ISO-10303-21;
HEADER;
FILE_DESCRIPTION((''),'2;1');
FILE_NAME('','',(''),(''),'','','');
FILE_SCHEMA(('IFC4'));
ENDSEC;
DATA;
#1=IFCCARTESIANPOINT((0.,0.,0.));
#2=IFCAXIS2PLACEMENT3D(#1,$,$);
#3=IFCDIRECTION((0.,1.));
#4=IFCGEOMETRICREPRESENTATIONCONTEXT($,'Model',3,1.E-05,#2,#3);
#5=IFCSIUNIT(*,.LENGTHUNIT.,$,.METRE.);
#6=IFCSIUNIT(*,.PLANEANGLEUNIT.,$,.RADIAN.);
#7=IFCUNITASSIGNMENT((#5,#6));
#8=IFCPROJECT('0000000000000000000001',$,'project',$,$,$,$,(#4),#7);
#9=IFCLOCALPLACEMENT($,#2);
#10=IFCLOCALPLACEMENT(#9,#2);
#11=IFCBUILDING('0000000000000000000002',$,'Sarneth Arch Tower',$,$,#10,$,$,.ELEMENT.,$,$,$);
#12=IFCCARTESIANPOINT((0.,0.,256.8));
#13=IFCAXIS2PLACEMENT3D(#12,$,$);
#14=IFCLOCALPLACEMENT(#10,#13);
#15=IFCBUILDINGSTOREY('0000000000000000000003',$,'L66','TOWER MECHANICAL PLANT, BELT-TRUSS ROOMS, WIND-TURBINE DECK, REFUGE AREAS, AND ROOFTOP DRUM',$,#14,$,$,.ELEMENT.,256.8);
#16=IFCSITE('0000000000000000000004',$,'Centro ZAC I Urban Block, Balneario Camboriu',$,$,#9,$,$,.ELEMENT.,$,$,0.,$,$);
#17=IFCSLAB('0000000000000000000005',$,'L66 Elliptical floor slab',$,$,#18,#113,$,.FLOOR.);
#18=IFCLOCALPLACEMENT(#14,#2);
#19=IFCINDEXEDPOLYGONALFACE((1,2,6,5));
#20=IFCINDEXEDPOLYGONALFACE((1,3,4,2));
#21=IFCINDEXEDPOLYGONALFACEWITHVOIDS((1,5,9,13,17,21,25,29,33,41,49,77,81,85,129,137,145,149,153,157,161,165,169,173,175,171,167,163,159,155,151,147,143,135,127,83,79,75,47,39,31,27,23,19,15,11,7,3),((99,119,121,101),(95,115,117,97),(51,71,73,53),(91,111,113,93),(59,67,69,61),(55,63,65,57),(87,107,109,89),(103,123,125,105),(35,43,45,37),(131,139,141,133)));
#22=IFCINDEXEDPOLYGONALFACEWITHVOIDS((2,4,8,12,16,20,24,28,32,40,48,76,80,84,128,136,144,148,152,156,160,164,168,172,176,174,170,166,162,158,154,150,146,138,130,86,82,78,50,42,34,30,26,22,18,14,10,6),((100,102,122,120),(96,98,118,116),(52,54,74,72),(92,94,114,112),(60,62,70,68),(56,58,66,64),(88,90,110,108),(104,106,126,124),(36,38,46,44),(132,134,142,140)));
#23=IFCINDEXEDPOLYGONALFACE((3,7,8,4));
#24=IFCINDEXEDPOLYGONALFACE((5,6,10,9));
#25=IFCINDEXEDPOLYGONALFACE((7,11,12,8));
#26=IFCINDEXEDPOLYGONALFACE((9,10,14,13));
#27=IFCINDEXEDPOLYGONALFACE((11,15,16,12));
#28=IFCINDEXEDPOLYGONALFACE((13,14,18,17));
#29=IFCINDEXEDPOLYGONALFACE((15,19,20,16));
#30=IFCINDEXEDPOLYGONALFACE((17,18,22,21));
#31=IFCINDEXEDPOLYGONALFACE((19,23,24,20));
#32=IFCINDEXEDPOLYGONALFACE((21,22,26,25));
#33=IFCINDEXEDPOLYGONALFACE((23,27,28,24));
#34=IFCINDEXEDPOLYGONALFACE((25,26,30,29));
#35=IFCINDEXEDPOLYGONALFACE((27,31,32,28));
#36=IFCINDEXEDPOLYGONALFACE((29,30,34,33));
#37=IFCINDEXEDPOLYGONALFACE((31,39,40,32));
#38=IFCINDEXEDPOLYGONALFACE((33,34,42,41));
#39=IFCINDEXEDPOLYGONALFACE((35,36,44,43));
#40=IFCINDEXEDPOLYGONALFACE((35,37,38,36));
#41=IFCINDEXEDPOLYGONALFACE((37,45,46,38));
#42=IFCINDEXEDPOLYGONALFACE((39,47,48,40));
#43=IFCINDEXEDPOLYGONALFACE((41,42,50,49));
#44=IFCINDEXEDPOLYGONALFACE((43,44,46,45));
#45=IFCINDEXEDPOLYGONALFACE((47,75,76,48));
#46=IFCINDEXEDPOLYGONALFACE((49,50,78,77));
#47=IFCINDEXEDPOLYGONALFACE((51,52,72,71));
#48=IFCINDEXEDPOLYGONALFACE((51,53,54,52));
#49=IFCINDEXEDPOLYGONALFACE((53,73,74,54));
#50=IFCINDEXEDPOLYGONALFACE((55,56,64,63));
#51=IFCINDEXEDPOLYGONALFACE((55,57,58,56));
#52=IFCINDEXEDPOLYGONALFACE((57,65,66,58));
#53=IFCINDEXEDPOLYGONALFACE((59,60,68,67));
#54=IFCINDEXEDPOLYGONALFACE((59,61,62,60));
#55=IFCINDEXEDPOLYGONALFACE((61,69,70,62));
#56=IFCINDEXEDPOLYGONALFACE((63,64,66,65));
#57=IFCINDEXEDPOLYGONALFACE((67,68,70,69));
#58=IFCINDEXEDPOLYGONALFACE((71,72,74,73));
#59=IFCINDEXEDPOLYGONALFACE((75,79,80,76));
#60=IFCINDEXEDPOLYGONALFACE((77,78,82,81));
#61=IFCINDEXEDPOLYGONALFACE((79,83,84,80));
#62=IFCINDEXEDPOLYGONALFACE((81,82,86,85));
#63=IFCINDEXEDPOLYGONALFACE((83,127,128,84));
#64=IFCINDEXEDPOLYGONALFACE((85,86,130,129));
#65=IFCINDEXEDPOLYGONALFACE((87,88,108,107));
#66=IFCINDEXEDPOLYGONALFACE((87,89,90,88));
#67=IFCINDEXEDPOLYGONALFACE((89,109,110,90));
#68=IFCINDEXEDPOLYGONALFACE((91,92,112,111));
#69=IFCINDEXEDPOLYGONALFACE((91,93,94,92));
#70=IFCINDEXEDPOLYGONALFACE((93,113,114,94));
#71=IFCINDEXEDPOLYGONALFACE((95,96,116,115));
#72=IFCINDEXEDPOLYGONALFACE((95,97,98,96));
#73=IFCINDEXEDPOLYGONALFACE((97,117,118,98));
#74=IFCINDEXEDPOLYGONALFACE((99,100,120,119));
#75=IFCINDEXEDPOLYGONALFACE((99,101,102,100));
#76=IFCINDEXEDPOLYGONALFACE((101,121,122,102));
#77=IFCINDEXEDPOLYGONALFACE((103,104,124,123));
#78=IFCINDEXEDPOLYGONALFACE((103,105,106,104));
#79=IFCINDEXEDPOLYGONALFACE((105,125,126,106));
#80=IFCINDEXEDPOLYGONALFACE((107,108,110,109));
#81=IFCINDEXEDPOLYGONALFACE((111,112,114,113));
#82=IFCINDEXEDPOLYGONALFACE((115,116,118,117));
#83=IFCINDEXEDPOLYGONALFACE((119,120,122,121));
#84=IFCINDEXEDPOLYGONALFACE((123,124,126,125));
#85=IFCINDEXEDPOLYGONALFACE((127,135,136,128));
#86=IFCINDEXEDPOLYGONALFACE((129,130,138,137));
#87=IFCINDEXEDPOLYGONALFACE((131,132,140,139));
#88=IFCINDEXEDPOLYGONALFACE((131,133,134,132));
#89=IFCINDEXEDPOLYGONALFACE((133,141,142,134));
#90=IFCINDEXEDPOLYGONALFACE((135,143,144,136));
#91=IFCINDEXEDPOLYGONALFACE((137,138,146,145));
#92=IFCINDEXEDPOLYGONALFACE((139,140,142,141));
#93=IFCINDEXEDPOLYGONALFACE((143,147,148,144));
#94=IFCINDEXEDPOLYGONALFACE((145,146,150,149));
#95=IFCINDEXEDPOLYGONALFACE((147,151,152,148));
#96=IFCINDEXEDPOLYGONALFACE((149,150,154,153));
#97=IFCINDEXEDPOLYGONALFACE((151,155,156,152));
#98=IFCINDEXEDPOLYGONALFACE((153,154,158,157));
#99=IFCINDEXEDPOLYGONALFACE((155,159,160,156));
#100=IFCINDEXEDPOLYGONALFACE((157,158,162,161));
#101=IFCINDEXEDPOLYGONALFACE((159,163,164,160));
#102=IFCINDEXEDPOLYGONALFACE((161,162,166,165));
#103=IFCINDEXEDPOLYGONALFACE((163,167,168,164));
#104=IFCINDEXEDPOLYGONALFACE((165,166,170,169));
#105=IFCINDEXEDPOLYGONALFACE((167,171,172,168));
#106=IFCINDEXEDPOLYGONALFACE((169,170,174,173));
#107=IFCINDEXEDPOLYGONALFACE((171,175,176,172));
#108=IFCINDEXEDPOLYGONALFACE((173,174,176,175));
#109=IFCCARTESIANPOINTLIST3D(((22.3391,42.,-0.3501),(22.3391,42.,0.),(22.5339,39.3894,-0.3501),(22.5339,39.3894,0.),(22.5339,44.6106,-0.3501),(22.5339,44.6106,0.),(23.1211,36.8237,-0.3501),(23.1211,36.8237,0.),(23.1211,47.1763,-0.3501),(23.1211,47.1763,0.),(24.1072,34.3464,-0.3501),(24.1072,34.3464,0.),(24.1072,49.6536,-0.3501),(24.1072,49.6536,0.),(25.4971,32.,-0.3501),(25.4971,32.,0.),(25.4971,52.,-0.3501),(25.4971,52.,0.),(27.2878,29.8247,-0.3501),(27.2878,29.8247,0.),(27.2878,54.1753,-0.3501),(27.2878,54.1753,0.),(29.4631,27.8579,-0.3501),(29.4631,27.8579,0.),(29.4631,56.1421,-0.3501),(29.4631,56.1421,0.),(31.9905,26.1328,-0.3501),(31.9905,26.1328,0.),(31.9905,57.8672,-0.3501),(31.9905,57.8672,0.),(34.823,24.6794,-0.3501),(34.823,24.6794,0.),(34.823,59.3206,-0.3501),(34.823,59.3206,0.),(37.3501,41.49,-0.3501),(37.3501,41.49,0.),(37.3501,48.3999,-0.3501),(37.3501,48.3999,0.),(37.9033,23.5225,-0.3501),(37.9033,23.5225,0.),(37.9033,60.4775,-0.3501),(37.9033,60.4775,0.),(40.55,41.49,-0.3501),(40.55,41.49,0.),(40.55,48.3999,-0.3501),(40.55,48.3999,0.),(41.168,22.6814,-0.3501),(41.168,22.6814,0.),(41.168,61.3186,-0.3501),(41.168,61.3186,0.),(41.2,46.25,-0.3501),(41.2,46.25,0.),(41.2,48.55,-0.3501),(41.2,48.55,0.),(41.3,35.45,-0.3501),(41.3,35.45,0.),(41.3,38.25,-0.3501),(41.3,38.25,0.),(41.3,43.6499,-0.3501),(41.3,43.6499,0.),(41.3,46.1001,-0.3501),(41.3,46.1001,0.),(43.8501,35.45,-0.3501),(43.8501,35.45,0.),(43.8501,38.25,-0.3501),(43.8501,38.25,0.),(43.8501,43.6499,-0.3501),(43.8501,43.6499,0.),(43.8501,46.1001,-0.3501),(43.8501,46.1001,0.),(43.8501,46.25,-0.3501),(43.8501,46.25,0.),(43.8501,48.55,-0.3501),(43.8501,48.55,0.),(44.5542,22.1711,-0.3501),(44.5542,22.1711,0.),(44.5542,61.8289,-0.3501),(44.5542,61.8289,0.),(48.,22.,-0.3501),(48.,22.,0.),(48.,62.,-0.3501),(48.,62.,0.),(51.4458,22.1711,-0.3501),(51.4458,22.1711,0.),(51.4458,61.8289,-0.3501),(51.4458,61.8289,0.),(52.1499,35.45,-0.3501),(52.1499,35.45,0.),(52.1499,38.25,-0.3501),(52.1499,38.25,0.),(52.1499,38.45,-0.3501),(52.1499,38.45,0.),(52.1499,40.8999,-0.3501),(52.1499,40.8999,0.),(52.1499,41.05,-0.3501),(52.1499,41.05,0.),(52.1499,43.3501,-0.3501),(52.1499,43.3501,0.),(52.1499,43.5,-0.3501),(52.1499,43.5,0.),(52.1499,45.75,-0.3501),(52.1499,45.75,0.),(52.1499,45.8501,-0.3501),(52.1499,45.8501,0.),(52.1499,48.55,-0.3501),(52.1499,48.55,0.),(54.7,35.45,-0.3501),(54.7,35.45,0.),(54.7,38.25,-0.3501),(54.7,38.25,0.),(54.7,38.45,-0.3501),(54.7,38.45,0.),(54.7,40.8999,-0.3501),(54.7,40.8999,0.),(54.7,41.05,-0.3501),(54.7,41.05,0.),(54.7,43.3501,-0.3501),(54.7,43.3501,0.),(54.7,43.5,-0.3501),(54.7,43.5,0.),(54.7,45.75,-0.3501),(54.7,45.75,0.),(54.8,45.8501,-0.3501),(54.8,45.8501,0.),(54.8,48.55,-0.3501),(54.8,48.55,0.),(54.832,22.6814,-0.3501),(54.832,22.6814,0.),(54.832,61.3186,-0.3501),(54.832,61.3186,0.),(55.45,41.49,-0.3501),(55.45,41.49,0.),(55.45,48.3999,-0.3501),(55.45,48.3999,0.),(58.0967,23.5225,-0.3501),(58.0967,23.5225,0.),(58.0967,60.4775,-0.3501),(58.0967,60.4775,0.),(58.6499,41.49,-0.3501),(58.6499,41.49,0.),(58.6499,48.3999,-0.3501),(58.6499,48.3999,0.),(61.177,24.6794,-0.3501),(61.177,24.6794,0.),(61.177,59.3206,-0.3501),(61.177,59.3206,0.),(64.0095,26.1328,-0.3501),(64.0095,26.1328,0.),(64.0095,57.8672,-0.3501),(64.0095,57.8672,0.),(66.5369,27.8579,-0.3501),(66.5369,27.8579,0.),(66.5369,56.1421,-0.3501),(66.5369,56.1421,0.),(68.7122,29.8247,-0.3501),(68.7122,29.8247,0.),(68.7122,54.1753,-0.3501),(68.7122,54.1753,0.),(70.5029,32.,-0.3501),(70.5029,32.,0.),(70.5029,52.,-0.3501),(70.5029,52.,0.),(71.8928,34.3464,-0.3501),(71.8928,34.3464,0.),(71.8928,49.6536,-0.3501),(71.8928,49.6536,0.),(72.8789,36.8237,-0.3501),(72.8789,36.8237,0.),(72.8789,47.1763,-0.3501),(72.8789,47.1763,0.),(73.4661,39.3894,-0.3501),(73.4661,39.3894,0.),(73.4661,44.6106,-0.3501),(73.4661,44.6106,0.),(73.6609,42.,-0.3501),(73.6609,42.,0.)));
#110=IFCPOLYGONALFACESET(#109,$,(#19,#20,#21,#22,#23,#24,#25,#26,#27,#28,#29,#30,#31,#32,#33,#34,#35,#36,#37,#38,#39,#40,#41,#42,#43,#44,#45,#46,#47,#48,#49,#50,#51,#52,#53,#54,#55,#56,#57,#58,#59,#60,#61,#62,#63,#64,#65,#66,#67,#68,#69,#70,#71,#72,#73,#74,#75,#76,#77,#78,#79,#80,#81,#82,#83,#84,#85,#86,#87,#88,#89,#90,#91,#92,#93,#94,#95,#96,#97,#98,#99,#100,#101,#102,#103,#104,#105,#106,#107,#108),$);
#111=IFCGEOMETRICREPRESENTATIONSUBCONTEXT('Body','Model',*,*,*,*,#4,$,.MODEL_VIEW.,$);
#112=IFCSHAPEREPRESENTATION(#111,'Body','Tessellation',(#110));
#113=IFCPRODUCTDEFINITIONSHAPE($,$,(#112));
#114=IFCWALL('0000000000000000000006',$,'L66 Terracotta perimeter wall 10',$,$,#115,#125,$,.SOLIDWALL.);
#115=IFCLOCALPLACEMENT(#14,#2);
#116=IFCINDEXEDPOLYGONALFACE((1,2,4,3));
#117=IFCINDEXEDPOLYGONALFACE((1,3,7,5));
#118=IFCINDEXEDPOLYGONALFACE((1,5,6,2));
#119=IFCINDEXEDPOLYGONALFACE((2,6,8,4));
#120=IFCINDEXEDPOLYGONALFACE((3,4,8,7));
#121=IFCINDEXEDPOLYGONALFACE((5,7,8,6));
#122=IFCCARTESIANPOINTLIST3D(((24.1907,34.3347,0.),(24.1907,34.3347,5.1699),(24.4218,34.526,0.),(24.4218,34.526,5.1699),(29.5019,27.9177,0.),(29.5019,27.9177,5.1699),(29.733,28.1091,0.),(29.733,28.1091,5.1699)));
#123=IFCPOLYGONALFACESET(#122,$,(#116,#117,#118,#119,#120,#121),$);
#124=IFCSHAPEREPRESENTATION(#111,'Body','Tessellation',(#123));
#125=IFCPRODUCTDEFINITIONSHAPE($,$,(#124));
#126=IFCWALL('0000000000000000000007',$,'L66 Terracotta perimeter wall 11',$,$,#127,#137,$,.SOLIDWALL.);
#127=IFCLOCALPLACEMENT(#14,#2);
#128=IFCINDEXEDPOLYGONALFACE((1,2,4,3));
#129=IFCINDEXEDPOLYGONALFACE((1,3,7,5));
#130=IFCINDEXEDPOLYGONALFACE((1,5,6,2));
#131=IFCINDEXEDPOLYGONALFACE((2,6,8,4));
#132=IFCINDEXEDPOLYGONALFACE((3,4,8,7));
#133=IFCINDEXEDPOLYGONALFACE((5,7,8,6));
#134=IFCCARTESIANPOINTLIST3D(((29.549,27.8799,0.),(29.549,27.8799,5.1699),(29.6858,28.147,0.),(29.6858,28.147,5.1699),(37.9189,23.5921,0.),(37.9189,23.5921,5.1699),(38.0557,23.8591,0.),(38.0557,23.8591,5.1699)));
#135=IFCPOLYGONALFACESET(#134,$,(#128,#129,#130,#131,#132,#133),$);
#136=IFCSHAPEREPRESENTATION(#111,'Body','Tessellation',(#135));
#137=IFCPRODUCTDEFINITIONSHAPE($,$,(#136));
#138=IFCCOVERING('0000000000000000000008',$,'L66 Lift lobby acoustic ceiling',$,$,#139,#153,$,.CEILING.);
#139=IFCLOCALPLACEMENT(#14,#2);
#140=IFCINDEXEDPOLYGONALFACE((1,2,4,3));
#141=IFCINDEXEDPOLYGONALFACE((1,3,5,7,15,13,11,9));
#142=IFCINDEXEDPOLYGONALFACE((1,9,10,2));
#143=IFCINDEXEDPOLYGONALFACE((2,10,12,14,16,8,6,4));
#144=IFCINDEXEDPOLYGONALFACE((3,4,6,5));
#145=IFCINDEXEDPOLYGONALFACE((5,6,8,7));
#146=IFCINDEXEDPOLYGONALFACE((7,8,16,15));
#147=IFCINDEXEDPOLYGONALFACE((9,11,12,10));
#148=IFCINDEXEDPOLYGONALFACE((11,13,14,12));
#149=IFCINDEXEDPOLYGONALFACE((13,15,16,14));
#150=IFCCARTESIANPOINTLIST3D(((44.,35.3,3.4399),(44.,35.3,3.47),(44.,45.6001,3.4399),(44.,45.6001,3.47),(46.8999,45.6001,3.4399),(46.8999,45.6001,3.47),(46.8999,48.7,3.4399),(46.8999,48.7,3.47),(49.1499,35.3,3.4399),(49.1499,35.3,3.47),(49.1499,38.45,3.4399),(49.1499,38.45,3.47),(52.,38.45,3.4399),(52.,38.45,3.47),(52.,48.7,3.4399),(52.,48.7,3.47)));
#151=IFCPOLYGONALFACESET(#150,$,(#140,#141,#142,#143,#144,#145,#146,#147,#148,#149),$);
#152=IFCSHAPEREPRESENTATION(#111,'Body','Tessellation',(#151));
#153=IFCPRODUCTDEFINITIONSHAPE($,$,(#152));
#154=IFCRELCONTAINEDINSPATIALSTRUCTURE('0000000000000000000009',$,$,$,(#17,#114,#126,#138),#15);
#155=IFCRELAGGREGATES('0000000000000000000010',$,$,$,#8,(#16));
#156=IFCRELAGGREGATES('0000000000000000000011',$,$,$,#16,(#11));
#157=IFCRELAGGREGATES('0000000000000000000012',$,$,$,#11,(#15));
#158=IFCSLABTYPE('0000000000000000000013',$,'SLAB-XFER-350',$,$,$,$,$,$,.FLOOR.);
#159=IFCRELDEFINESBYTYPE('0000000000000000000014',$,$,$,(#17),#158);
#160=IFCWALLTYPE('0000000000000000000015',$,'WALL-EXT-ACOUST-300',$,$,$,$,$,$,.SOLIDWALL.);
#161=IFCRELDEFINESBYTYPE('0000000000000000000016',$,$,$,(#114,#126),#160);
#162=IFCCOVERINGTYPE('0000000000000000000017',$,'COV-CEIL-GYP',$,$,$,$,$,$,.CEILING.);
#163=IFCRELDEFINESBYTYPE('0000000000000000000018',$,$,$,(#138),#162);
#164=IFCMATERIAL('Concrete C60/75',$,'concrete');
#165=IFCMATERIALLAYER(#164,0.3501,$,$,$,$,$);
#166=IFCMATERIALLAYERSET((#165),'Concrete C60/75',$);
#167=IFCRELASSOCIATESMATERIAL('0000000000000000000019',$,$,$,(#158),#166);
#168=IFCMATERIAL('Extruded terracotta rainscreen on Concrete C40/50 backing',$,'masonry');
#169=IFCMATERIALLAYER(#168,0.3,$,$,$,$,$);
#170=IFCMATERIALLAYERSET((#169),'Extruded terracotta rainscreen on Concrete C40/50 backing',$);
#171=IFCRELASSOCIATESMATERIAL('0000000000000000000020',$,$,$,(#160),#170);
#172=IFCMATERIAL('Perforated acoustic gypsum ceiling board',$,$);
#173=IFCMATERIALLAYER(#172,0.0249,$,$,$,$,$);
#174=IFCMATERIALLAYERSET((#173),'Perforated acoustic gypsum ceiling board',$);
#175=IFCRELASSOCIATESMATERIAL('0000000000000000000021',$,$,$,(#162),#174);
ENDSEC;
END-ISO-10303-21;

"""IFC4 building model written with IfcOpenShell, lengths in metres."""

from ifc_helpers import new_model, si_unit, direction, frame, frame_2d, origin, place, context, subcontext, project, spatial, polyline, rectangle, outline, extrude, material, layer, layer_set, type_object, element, save


model = new_model("IFC4")

# Units and contexts
model_context = context("Model", 3, precision=1e-05, world=origin(), true_north=direction((0.0, 1.0)))
body_context = subcontext(model_context, "Body", "Model", "MODEL_VIEW")
ifc_project = project(units=[si_unit("LENGTHUNIT", "METRE"), si_unit("PLANEANGLEUNIT", "RADIAN")], contexts=[model_context])

# Site, building, storey
site_placement = place(None, origin())
site = spatial("IfcSite", under=ifc_project, at=site_placement, Name="Centro ZAC I Urban Block, Balneario Camboriu", CompositionType="ELEMENT", RefElevation=0.0)
building_placement = place(site_placement, origin())
building = spatial("IfcBuilding", under=site, at=building_placement, Name="Sarneth Arch Tower", CompositionType="ELEMENT")
storey_placement = place(building_placement, frame((0.0, 0.0, 256.8)))
storey = spatial("IfcBuildingStorey", under=building, at=storey_placement, Name="L66", Description="TOWER MECHANICAL PLANT, BELT-TRUSS ROOMS, WIND-TURBINE DECK, REFUGE AREAS, AND ROOFTOP DRUM", CompositionType="ELEMENT", Elevation=256.8)

# Slab
ifc_material_1 = material(Name="Concrete C60/75", Category="concrete")
ifc_layer_1 = layer(ifc_material_1, 0.3501)
ifc_layer_set_1 = layer_set([ifc_layer_1], Name="Concrete C60/75")
slab_type_1 = type_object("IfcSlabType", Name="SLAB-XFER-350", PredefinedType="FLOOR", material=ifc_layer_set_1)
slab_1_placement = place(storey_placement, frame((0.0, 0.0, -0.3501)))
element("IfcSlab", 1, at=slab_1_placement, inside=storey, type_object=slab_type_1, Name="L66 Elliptical floor slab", PredefinedType="FLOOR", context=body_context, shape_type="SweptSolid", body=[
    extrude(outline(polyline([(73.6609, 42.0), (73.4661, 44.6106), (72.8789, 47.1763), (71.8928, 49.6536), (70.5029, 52.0), (68.7122, 54.1753), (66.5369, 56.1421), (64.0095, 57.8672), (61.177, 59.3206), (58.0967, 60.4775), (54.832, 61.3186), (51.4458, 61.8289), (48.0, 62.0), (44.5542, 61.8289), (41.168, 61.3186), (37.9033, 60.4775), (34.823, 59.3206), (31.9905, 57.8672), (29.4631, 56.1421), (27.2878, 54.1753), (25.4971, 52.0), (24.1072, 49.6536), (23.1211, 47.1763), (22.5339, 44.6106), (22.3391, 42.0), (22.5339, 39.3894), (23.1211, 36.8237), (24.1072, 34.3464), (25.4971, 32.0), (27.2878, 29.8247), (29.4631, 27.8579), (31.9905, 26.1328), (34.823, 24.6794), (37.9033, 23.5225), (41.168, 22.6814), (44.5542, 22.1711), (48.0, 22.0), (51.4458, 22.1711), (54.832, 22.6814), (58.0967, 23.5225), (61.177, 24.6794), (64.0095, 26.1328), (66.5369, 27.8579), (68.7122, 29.8247), (70.5029, 32.0), (71.8928, 34.3464), (72.8789, 36.8237), (73.4661, 39.3894), (73.6609, 42.0)]), holes=[polyline([(37.3501, 41.49), (40.55, 41.49), (40.55, 48.3999), (37.3501, 48.3999), (37.3501, 41.49)]), polyline([(55.45, 41.49), (58.6499, 41.49), (58.6499, 48.3999), (55.45, 48.3999), (55.45, 41.49)]), polyline([(41.2, 46.25), (43.8501, 46.25), (43.8501, 48.55), (41.2, 48.55), (41.2, 46.25)]), polyline([(41.3, 35.45), (43.8501, 35.45), (43.8501, 38.25), (41.3, 38.25), (41.3, 35.45)]), polyline([(52.1499, 35.45), (54.7, 35.45), (54.7, 38.25), (52.1499, 38.25), (52.1499, 35.45)]), polyline([(52.1499, 45.8501), (54.8, 45.8501), (54.8, 48.55), (52.1499, 48.55), (52.1499, 45.8501)]), polyline([(41.3, 43.6499), (43.8501, 43.6499), (43.8501, 46.1001), (41.3, 46.1001), (41.3, 43.6499)]), polyline([(52.1499, 38.45), (54.7, 38.45), (54.7, 40.8999), (52.1499, 40.8999), (52.1499, 38.45)]), polyline([(52.1499, 41.05), (54.7, 41.05), (54.7, 43.3501), (52.1499, 43.3501), (52.1499, 41.05)]), polyline([(52.1499, 43.5), (54.7, 43.5), (54.7, 45.75), (52.1499, 45.75), (52.1499, 43.5)])]), origin(), (0.0, 0.0, 1.0), 0.3501),
])

# Walls
ifc_material_2 = material(Name="Extruded terracotta rainscreen on Concrete C40/50 backing", Category="masonry")
ifc_layer_2 = layer(ifc_material_2, 0.3)
ifc_layer_set_2 = layer_set([ifc_layer_2], Name="Extruded terracotta rainscreen on Concrete C40/50 backing")
wall_type = type_object("IfcWallType", Name="WALL-EXT-ACOUST-300", PredefinedType="SOLIDWALL", material=ifc_layer_set_2)
wall_1_placement = place(storey_placement, frame((24.3062, 34.4304, 0.0), z_axis=(0.0, 0.0, 1.0), x_axis=(0.637615, -0.770355, 0.0)))
element("IfcWall", 2, at=wall_1_placement, inside=storey, type_object=wall_type, Name="L66 Terracotta perimeter wall 10", PredefinedType="SOLIDWALL", context=body_context, shape_type="SweptSolid", body=[
    extrude(rectangle(XDim=8.3298, YDim=0.3, at=frame_2d((4.165, 0.0))), origin(), (0.0, 0.0, 1.0), 5.1699),
])
wall_2_placement = place(storey_placement, frame((29.6174, 28.0134, 0.0), z_axis=(0.0, 0.0, 1.0), x_axis=(0.890007, -0.455946, 0.0)))
element("IfcWall", 3, at=wall_2_placement, inside=storey, type_object=wall_type, Name="L66 Terracotta perimeter wall 11", PredefinedType="SOLIDWALL", context=body_context, shape_type="SweptSolid", body=[
    extrude(rectangle(XDim=9.4043, YDim=0.3, at=frame_2d((4.7021, 0.0))), origin(), (0.0, 0.0, 1.0), 5.1699),
])

# Covering
ifc_material_3 = material(Name="Perforated acoustic gypsum ceiling board")
ifc_layer_3 = layer(ifc_material_3, 0.0249)
ifc_layer_set_3 = layer_set([ifc_layer_3], Name="Perforated acoustic gypsum ceiling board")
covering_type = type_object("IfcCoveringType", Name="COV-CEIL-GYP", PredefinedType="CEILING", material=ifc_layer_set_3)
covering_placement = place(storey_placement, frame((0.0, 0.0, 3.4399)))
element("IfcCovering", 4, at=covering_placement, inside=storey, type_object=covering_type, Name="L66 Lift lobby acoustic ceiling", PredefinedType="CEILING", context=body_context, shape_type="SweptSolid", body=[
    extrude(outline(polyline([(49.1499, 38.45), (49.1499, 35.3), (44.0, 35.3), (44.0, 45.6001), (46.8999, 45.6001), (46.8999, 48.7), (52.0, 48.7), (52.0, 38.45), (49.1499, 38.45)])), origin(), (0.0, 0.0, 1.0), 0.03),
])

save(model, "model.ifc")
